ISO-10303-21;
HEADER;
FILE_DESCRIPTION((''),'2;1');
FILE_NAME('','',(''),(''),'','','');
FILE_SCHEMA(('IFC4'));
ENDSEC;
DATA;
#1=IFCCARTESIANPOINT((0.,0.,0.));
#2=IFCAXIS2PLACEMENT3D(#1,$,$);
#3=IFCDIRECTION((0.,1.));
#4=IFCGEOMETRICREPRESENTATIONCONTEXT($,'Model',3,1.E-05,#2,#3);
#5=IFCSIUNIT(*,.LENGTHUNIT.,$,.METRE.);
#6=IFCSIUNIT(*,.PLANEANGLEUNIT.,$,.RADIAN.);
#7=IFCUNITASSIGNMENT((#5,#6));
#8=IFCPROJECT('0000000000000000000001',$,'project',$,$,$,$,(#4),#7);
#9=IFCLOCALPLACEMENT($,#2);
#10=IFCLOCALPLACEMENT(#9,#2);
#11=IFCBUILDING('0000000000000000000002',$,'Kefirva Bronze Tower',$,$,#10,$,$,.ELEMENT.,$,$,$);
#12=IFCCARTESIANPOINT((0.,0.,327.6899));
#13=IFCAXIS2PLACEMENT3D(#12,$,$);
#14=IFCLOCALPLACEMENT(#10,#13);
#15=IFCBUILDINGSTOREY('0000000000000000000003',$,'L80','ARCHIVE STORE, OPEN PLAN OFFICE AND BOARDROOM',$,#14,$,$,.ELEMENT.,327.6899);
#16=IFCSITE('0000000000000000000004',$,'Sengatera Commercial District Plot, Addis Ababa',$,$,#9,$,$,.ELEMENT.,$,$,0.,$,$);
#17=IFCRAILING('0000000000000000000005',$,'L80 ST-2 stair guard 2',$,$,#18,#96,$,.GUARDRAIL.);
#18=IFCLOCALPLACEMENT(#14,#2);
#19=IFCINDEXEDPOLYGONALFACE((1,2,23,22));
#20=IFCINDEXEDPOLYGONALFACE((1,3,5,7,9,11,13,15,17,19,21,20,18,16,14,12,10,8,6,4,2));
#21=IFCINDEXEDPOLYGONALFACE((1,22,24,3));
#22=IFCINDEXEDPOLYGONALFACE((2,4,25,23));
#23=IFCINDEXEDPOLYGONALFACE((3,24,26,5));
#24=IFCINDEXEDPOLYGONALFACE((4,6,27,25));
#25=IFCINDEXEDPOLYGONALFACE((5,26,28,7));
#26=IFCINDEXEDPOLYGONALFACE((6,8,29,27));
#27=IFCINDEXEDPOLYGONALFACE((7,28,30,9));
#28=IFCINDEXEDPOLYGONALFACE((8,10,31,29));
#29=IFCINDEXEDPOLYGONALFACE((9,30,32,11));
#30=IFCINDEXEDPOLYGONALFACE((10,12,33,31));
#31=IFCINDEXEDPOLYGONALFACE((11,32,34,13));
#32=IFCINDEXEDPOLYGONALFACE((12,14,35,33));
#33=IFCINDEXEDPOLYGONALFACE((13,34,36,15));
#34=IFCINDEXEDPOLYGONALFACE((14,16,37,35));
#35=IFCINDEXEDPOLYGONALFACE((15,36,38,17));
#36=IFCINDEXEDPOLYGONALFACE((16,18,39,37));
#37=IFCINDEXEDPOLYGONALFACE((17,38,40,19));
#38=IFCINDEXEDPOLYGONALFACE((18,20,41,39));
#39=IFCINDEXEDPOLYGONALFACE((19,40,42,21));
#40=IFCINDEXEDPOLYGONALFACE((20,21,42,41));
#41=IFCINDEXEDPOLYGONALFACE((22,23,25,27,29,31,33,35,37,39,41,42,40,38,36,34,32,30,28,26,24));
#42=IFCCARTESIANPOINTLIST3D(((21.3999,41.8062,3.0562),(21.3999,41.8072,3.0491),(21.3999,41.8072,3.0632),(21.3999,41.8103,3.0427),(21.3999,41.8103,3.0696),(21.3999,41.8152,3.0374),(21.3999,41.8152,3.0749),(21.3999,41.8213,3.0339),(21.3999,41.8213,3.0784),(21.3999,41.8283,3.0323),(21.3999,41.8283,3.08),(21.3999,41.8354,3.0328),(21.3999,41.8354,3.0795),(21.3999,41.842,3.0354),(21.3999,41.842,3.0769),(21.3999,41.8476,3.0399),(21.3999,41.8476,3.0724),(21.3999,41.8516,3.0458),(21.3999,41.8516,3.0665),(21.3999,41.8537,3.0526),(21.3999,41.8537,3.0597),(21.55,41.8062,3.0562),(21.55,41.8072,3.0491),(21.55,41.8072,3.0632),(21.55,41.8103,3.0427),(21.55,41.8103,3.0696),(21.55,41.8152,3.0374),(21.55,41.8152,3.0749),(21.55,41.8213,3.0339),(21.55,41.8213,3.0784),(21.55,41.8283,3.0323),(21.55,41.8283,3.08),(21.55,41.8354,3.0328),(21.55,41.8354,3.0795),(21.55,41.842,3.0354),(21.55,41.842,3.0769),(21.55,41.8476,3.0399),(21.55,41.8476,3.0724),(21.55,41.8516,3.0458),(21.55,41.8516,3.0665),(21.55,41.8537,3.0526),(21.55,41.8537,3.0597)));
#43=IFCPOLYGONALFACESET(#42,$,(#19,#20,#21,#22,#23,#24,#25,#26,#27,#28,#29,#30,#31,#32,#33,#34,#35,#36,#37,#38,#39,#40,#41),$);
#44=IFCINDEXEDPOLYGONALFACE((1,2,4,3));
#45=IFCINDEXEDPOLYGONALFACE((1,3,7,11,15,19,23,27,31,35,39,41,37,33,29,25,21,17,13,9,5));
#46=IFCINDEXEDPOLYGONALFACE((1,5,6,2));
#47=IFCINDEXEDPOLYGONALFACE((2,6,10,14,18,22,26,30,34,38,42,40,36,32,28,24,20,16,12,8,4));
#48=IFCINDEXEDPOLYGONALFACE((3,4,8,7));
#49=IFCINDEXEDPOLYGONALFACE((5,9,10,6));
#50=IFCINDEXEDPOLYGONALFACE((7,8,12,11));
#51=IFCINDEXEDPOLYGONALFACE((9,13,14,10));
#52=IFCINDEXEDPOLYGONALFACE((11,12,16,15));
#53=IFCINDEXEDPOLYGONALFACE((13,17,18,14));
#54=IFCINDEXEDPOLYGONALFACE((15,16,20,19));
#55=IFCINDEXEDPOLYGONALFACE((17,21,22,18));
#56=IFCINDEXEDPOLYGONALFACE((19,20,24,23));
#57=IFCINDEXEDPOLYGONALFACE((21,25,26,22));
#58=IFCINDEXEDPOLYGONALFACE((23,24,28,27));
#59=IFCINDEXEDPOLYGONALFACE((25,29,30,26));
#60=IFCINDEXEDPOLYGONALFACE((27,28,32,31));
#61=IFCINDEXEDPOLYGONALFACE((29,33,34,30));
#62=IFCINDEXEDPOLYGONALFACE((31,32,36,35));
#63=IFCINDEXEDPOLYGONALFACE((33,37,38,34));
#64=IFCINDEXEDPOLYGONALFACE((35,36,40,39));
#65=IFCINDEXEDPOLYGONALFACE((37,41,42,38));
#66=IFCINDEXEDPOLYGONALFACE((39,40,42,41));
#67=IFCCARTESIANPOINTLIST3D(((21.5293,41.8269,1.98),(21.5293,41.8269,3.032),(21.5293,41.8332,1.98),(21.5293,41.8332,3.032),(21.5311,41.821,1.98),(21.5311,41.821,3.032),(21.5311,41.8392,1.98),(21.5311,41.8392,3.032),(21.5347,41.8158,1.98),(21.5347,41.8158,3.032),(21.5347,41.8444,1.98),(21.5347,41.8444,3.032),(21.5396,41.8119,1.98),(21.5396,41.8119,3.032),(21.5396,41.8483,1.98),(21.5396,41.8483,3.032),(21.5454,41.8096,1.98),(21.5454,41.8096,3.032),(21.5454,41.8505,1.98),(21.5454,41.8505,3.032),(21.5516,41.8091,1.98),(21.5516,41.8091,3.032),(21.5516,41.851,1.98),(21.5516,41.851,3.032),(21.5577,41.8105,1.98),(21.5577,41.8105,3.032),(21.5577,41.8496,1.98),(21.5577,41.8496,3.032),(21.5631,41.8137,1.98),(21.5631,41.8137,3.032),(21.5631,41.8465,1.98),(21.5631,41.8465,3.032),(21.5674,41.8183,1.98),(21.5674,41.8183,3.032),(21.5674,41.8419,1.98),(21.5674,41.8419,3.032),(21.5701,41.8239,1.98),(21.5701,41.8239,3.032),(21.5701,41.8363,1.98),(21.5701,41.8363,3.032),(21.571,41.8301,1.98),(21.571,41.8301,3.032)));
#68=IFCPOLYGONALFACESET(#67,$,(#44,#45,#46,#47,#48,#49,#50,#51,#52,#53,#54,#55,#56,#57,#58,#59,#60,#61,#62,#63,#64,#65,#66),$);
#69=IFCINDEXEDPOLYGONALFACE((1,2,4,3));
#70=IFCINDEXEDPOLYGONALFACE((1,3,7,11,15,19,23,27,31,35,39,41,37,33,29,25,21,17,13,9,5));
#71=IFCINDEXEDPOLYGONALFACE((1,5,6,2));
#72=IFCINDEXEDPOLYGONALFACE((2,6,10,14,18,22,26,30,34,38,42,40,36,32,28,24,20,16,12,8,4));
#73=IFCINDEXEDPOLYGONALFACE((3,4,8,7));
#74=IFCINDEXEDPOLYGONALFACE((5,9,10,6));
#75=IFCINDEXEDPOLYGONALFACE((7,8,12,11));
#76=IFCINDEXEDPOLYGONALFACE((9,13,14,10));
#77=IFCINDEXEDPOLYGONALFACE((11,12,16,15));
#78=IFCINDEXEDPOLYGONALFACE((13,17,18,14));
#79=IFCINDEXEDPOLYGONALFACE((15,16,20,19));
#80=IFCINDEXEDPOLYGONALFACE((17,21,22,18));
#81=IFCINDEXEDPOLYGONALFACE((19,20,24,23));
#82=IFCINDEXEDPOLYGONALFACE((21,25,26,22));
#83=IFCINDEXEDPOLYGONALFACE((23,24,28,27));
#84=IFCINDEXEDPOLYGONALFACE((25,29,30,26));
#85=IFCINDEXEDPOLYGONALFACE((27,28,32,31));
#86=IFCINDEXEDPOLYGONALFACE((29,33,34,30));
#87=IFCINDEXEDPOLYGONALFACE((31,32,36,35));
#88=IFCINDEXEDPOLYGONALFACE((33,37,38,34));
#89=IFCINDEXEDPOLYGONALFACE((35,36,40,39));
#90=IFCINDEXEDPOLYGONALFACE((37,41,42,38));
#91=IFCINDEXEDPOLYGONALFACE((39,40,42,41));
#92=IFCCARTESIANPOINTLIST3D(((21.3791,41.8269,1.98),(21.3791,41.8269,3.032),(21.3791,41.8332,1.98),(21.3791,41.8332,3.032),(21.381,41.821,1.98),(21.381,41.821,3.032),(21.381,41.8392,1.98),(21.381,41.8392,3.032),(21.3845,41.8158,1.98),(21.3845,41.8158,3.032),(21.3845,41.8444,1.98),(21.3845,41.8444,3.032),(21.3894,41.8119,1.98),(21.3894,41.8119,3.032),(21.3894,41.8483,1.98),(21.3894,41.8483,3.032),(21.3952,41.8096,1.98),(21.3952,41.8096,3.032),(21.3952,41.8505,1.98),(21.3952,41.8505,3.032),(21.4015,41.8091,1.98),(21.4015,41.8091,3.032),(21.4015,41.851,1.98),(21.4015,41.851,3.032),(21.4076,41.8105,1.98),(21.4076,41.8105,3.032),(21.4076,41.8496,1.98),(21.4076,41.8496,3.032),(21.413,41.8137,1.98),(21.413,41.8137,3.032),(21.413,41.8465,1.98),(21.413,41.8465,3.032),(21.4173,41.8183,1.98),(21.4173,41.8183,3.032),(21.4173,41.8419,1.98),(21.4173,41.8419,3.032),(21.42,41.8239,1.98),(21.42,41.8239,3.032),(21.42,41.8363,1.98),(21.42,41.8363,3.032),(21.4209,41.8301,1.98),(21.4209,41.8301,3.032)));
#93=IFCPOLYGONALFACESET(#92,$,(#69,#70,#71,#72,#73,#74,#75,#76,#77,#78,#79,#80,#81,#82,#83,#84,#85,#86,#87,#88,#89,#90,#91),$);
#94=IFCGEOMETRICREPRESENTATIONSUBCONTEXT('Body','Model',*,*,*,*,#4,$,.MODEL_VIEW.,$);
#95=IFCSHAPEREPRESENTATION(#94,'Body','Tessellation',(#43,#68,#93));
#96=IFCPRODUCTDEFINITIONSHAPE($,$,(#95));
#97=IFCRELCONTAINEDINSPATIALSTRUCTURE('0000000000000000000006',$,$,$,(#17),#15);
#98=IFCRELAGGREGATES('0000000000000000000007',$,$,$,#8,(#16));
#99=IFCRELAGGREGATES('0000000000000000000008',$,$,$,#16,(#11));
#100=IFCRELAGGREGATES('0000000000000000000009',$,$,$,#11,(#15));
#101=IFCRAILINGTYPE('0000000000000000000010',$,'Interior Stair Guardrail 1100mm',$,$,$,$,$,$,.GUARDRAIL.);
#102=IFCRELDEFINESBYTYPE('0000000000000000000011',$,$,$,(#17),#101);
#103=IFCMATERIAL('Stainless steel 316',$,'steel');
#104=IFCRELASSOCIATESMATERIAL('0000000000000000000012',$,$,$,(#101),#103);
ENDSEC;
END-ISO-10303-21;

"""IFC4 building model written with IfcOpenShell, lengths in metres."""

from ifc_helpers import new_model, si_unit, direction, frame, origin, origin_2d, place, context, subcontext, project, spatial, circle, extrude, material, type_object, element, save


model = new_model("IFC4")

# Units and contexts
model_context = context("Model", 3, precision=1e-05, world=origin(), true_north=direction((0.0, 1.0)))
body_context = subcontext(model_context, "Body", "Model", "MODEL_VIEW")
ifc_project = project(units=[si_unit("LENGTHUNIT", "METRE"), si_unit("PLANEANGLEUNIT", "RADIAN")], contexts=[model_context])

# Site, building, storey
site_placement = place(None, origin())
site = spatial("IfcSite", under=ifc_project, at=site_placement, Name="Sengatera Commercial District Plot, Addis Ababa", CompositionType="ELEMENT", RefElevation=0.0)
building_placement = place(site_placement, origin())
building = spatial("IfcBuilding", under=site, at=building_placement, Name="Kefirva Bronze Tower", CompositionType="ELEMENT")
storey_placement = place(building_placement, frame((0.0, 0.0, 327.6899)))
storey = spatial("IfcBuildingStorey", under=building, at=storey_placement, Name="L80", Description="ARCHIVE STORE, OPEN PLAN OFFICE AND BOARDROOM", CompositionType="ELEMENT", Elevation=327.6899)

# Railing
ifc_material_1 = material(Name="Stainless steel 316", Category="steel")
railing_type_1 = type_object("IfcRailingType", Name="Interior Stair Guardrail 1100mm", PredefinedType="GUARDRAIL", material=ifc_material_1)
railing_1_placement = place(storey_placement, frame((21.55, 41.8301, 1.98)))
element("IfcRailing", 1, at=railing_1_placement, inside=storey, type_object=railing_type_1, Name="L80 ST-2 stair guard 2", PredefinedType="GUARDRAIL", context=body_context, shape_type="SweptSolid", body=[
    extrude(circle(Radius=0.0239, at=origin_2d()), frame((0.0, 0.0, 1.0762), z_axis=(-1.0, 0.0, 0.0), x_axis=(0.0, -1.0, 0.0)), (0.0, 0.0, 1.0), 0.1501),
    extrude(circle(Radius=0.021, at=origin_2d()), origin(), (0.0, 0.0, 1.0), 1.052),
    extrude(circle(Radius=0.021, at=origin_2d()), frame((-0.1501, 0.0, 0.0)), (0.0, 0.0, 1.0), 1.052),
])

save(model, "model.ifc")
